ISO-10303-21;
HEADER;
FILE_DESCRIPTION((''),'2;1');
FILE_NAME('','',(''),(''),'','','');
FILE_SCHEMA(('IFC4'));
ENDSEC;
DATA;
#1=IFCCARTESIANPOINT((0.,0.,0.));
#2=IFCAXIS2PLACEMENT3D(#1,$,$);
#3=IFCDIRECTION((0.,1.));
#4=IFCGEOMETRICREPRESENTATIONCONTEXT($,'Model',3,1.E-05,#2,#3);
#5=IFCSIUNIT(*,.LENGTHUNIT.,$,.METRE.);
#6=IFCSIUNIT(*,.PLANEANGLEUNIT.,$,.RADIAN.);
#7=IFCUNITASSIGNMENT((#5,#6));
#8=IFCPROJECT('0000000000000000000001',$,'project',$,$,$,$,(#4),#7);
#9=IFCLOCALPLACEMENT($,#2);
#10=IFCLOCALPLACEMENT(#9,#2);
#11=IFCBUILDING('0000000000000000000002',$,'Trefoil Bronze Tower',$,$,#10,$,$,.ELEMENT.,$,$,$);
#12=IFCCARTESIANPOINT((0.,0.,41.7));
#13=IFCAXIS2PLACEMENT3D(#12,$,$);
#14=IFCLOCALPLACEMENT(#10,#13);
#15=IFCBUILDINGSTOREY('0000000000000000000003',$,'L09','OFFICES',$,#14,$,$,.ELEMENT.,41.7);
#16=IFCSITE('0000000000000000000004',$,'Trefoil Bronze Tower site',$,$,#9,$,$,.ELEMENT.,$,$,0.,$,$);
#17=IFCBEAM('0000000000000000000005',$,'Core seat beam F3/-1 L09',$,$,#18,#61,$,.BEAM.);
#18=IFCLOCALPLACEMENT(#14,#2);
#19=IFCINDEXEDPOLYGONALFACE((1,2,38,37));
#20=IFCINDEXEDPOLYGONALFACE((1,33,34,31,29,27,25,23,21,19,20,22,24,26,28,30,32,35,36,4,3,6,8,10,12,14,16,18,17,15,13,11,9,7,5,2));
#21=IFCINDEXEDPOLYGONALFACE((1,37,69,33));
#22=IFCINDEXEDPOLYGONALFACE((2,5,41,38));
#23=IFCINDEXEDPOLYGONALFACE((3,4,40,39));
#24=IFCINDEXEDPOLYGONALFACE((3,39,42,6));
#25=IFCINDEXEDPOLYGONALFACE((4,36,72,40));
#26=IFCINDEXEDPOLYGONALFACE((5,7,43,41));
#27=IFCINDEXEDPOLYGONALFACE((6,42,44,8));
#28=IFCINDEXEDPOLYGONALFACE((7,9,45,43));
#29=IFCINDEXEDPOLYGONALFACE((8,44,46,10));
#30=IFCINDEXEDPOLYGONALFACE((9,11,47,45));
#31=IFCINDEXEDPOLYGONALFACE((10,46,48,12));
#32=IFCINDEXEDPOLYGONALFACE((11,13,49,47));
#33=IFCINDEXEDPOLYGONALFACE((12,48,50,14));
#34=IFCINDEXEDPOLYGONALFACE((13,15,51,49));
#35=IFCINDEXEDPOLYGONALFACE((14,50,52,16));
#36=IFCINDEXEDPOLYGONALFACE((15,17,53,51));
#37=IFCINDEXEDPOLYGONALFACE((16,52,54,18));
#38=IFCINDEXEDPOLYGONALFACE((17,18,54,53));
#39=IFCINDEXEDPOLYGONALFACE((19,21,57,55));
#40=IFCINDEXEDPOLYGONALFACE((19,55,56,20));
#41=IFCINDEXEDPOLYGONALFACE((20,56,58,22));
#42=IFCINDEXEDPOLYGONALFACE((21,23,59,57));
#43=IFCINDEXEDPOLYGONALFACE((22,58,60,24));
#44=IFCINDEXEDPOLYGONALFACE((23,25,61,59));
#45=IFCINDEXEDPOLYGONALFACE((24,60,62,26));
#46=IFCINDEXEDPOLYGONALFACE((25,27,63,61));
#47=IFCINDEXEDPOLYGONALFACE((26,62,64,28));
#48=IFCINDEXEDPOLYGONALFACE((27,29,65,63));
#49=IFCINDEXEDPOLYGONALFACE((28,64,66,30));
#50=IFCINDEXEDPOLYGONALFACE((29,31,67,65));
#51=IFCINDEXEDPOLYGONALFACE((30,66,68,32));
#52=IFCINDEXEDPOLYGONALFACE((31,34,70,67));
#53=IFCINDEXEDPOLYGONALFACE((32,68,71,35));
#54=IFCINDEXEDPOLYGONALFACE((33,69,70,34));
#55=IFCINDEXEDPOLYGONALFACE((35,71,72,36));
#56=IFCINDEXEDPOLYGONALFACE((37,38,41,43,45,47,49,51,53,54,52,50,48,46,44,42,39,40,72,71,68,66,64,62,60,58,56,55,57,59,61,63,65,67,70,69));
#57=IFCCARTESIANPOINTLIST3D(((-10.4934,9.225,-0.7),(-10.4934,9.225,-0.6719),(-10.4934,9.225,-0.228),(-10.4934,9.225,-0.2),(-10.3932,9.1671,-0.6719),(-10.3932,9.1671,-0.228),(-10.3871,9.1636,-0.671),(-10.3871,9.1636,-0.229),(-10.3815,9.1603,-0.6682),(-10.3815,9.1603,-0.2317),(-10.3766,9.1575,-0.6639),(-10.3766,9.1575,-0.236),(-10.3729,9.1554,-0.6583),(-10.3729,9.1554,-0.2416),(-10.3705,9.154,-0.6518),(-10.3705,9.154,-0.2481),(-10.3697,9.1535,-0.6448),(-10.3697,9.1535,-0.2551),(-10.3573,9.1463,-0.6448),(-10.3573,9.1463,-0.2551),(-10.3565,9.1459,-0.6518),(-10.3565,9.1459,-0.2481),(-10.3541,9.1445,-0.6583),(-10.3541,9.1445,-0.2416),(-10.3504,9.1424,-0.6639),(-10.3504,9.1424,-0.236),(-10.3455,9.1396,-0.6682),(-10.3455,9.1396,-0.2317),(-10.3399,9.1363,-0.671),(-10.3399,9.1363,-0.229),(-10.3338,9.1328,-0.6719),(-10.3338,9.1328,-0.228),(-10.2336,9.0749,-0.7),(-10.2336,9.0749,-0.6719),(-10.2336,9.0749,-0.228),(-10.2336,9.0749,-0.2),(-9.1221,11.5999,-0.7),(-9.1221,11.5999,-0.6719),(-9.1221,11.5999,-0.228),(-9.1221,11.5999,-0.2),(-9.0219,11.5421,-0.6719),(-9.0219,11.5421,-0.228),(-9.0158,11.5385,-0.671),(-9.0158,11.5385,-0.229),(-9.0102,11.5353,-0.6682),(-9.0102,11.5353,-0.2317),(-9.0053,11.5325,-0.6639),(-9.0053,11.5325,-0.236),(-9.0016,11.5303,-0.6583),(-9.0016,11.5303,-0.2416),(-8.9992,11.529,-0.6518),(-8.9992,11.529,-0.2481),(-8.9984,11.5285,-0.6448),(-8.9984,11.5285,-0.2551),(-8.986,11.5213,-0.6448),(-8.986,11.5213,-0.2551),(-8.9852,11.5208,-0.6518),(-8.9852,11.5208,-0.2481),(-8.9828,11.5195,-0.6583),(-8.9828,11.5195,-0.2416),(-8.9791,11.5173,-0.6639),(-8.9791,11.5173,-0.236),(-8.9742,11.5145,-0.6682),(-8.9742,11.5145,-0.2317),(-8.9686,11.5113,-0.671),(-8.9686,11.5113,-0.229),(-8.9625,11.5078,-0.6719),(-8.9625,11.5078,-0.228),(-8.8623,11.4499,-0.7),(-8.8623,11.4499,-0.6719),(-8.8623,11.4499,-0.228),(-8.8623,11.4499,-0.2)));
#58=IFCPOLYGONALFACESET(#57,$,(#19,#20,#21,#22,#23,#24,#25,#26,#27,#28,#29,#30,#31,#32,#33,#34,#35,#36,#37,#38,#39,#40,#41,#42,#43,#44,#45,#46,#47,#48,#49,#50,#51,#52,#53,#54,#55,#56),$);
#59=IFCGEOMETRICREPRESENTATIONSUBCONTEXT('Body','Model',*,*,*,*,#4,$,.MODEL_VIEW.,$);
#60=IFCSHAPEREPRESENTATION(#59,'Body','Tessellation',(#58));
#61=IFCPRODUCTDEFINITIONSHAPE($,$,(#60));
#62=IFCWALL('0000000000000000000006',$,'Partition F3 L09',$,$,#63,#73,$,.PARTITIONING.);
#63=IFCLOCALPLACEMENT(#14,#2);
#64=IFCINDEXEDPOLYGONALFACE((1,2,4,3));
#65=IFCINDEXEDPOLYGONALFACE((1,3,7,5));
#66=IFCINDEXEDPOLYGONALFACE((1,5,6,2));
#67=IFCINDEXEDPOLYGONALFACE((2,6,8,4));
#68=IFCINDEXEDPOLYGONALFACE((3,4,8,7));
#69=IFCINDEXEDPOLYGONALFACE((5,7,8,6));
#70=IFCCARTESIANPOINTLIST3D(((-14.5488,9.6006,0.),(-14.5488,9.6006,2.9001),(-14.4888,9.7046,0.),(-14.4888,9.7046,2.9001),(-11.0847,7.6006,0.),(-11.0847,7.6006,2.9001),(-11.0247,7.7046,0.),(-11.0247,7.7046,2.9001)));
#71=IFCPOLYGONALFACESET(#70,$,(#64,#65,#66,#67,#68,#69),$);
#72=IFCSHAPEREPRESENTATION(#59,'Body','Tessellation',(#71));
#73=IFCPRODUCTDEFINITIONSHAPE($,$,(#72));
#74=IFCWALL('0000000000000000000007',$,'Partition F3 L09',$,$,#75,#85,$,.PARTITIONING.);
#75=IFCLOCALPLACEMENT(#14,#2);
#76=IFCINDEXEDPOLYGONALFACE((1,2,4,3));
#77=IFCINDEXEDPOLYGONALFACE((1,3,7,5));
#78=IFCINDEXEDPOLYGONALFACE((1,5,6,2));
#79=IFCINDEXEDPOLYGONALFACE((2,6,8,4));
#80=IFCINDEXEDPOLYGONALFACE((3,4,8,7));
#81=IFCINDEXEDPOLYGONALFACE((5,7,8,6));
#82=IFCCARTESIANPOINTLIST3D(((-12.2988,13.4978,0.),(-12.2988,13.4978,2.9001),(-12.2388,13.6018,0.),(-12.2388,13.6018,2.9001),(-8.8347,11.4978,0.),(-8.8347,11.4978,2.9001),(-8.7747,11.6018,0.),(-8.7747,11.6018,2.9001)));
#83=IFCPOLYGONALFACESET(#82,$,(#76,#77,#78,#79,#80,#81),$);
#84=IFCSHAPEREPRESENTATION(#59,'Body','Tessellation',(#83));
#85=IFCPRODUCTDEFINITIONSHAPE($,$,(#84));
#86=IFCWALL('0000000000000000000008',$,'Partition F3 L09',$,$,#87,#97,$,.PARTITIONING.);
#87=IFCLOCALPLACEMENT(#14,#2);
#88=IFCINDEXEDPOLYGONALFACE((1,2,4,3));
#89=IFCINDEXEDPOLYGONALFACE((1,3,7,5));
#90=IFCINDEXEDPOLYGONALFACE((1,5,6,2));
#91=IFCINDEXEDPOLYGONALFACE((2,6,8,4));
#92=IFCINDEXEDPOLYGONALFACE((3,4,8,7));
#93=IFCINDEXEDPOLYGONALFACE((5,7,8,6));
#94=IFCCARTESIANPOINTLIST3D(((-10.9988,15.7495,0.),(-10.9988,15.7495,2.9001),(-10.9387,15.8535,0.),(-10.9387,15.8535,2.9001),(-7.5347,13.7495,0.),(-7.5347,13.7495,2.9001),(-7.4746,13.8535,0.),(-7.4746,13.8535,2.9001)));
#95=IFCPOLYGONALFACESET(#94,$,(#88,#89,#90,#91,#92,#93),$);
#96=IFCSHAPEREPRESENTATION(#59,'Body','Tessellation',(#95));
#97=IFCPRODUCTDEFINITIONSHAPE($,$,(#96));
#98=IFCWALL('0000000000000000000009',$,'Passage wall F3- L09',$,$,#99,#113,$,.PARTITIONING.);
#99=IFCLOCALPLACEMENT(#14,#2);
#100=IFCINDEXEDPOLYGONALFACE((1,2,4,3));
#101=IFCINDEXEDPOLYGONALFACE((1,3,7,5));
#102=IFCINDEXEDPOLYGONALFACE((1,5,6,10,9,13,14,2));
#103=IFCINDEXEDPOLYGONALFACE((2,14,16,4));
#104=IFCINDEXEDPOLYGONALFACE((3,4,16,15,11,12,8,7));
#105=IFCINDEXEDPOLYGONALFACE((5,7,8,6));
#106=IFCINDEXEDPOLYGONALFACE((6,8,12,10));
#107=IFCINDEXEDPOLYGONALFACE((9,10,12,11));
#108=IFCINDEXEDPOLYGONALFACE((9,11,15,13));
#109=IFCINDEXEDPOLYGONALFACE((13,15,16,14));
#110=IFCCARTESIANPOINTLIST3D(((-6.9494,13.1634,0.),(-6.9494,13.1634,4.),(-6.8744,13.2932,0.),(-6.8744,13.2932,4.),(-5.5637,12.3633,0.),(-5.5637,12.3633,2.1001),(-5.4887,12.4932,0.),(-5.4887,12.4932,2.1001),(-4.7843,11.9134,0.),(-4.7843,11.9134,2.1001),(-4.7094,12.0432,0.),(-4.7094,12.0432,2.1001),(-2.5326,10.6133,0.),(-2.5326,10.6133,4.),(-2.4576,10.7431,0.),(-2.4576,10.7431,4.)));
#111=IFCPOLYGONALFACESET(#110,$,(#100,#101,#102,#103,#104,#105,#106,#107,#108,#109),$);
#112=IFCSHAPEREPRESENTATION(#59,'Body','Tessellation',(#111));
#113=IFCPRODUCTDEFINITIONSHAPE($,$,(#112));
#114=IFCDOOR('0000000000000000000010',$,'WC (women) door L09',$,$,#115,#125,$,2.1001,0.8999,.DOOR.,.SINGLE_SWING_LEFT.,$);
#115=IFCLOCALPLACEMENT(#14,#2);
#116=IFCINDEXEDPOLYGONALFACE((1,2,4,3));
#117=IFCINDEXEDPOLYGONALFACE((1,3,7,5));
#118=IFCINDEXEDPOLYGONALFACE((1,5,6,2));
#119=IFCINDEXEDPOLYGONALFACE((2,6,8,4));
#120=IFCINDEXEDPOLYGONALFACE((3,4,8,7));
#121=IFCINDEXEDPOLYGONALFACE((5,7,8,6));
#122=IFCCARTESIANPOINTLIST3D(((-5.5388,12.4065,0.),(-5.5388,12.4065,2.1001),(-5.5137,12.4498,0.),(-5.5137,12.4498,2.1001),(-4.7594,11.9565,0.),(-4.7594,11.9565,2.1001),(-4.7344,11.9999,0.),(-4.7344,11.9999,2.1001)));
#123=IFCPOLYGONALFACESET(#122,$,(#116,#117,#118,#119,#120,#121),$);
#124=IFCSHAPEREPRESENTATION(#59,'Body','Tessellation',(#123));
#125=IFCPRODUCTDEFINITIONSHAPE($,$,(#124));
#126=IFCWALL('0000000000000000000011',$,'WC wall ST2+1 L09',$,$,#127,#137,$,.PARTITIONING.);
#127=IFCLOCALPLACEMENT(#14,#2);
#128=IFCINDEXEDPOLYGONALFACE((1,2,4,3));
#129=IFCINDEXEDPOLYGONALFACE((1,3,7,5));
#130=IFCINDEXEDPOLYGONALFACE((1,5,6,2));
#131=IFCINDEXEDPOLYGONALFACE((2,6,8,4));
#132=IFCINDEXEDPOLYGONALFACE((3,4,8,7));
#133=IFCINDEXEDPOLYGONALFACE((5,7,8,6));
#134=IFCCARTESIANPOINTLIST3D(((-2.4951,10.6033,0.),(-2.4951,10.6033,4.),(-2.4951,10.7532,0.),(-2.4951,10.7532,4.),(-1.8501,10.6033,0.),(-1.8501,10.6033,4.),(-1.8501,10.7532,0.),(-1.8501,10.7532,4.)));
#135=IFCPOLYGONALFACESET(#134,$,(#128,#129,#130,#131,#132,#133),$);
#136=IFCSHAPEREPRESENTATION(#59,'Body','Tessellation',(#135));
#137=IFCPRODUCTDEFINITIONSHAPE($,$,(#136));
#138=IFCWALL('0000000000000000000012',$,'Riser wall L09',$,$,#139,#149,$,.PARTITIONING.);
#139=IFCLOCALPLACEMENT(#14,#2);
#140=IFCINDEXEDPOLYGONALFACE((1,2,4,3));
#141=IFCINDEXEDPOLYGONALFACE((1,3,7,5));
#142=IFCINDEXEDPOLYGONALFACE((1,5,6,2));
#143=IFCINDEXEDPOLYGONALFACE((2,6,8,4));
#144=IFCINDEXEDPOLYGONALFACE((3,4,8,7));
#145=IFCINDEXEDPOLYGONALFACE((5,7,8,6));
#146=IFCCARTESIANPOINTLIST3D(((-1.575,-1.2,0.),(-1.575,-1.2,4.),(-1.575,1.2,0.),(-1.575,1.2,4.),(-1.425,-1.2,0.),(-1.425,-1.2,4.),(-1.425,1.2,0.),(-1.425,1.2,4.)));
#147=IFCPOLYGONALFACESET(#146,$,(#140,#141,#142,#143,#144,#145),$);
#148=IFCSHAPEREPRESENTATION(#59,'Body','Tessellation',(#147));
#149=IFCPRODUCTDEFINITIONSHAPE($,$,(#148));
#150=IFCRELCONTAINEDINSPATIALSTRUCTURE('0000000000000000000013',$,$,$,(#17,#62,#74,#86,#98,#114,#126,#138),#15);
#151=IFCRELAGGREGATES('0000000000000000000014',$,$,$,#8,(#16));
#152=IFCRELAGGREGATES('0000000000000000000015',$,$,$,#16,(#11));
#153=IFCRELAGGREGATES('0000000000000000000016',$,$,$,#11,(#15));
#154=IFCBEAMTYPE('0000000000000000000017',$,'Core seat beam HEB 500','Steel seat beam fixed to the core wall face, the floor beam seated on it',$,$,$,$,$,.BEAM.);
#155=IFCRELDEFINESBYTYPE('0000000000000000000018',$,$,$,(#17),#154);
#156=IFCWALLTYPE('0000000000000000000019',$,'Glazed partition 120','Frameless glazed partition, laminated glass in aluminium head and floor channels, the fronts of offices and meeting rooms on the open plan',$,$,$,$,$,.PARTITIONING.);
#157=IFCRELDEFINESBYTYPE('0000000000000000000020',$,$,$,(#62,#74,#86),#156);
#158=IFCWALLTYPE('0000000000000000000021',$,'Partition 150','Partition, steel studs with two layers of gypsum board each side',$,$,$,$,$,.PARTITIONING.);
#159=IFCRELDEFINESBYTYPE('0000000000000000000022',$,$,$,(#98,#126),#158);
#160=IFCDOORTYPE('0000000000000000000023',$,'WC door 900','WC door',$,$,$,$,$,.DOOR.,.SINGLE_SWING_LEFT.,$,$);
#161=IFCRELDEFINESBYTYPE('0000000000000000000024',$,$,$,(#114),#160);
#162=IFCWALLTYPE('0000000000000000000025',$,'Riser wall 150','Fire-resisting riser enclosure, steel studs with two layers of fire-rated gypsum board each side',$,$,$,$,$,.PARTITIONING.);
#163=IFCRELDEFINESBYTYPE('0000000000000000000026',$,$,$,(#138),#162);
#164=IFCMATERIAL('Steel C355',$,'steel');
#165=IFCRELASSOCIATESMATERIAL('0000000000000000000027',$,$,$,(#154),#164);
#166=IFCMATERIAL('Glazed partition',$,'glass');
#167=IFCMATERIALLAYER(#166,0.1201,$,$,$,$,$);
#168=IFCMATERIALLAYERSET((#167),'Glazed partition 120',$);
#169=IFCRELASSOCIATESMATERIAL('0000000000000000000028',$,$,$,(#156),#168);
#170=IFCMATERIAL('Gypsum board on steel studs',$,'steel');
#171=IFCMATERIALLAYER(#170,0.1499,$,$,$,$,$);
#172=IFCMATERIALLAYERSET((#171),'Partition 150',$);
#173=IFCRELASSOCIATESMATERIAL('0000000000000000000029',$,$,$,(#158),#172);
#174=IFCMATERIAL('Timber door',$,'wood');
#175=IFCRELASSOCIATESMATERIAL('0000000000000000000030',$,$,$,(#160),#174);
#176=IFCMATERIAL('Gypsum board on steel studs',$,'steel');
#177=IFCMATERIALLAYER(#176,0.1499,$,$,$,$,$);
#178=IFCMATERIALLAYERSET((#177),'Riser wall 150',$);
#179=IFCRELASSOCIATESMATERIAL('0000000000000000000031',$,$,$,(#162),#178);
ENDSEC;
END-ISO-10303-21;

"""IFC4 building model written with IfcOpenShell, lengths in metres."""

from ifc_helpers import new_model, si_unit, direction, frame, frame_2d, origin, origin_2d, place, context, subcontext, project, spatial, rectangle, i_section, extrude, material, layer, layer_set, material_profile, profile_set, type_object, element, fill, save


model = new_model("IFC4")

# Units and contexts
model_context = context("Model", 3, precision=1e-05, world=origin(), true_north=direction((0.0, 1.0)))
body_context = subcontext(model_context, "Body", "Model", "MODEL_VIEW")
ifc_project = project(units=[si_unit("LENGTHUNIT", "METRE"), si_unit("PLANEANGLEUNIT", "RADIAN")], contexts=[model_context])

# Site, building, storey
site_placement = place(None, origin())
site = spatial("IfcSite", under=ifc_project, at=site_placement, Name="Trefoil Bronze Tower site", CompositionType="ELEMENT", RefElevation=0.0)
building_placement = place(site_placement, origin())
building = spatial("IfcBuilding", under=site, at=building_placement, Name="Trefoil Bronze Tower", CompositionType="ELEMENT")
storey_placement = place(building_placement, frame((0.0, 0.0, 41.7)))
storey = spatial("IfcBuildingStorey", under=building, at=storey_placement, Name="L09", Description="OFFICES", CompositionType="ELEMENT", Elevation=41.7)

# Beam
ifc_material_1 = material(Name="Steel C355", Category="steel")
ifc_material_profile = material_profile(ifc_material_1, i_section(OverallWidth=0.3, OverallDepth=0.5, WebThickness=0.0144, FlangeThickness=0.0281, FilletRadius=0.0271, at=origin_2d()), Name="HEB 500")
ifc_profile_set = profile_set([ifc_material_profile], Name="Steel C355")
beam_type = type_object("IfcBeamType", Name="Core seat beam HEB 500", Description="Steel seat beam fixed to the core wall face, the floor beam seated on it", PredefinedType="BEAM", material=ifc_profile_set)
beam_placement = place(storey_placement, frame((-8.9922, 11.5249, -0.45), z_axis=(-0.500036, -0.866005, 0.0), x_axis=(0.866005, -0.500036, 0.0)))
element("IfcBeam", 1, at=beam_placement, inside=storey, type_object=beam_type, Name="Core seat beam F3/-1 L09", PredefinedType="BEAM", context=body_context, shape_type="SweptSolid", body=[
    extrude(i_section(OverallWidth=0.3, OverallDepth=0.5, WebThickness=0.0144, FlangeThickness=0.0281, FilletRadius=0.0271, at=origin_2d()), origin(), (0.0, 0.0, 1.0), 2.7424),
])

# Walls
ifc_material_2 = material(Name="Glazed partition", Category="glass")
ifc_layer_1 = layer(ifc_material_2, 0.1201)
ifc_layer_set_1 = layer_set([ifc_layer_1], Name="Glazed partition 120")
wall_type_1 = type_object("IfcWallType", Name="Glazed partition 120", Description="Frameless glazed partition, laminated glass in aluminium head and floor channels, the fronts of offices and meeting rooms on the open plan", PredefinedType="PARTITIONING", material=ifc_layer_set_1)
for number, where, z_axis, x_axis, name in (
    (2, (-11.0547, 7.6526, 0.0), (0.0, 0.0, 1.0), (-0.866026, 0.499999, 0.0), "Partition F3 L09"),
    (3, (-8.8047, 11.5498, 0.0), (0.0, 0.0, 1.0), (-0.866026, 0.499999, 0.0), "Partition F3 L09"),
    (4, (-7.5046, 13.8015, 0.0), (0.0, 0.0, 1.0), (-0.866026, 0.499999, 0.0), "Partition F3 L09"),
):
    element("IfcWall", number, at=place(storey_placement, frame(where, z_axis=z_axis, x_axis=x_axis)), inside=storey, type_object=wall_type_1, Name=name, PredefinedType="PARTITIONING", context=body_context, shape_type="SweptSolid", body=[
        extrude(rectangle(XDim=4.0, YDim=0.1201, at=frame_2d((2.0, 0.0))), origin(), (0.0, 0.0, 1.0), 2.9001),
    ])

# Wall, opening, door
ifc_material_3 = material(Name="Gypsum board on steel studs", Category="steel")
ifc_layer_2 = layer(ifc_material_3, 0.1499)
ifc_layer_set_2 = layer_set([ifc_layer_2], Name="Partition 150")
wall_type_2 = type_object("IfcWallType", Name="Partition 150", Description="Partition, steel studs with two layers of gypsum board each side", PredefinedType="PARTITIONING", material=ifc_layer_set_2)
wall_1_placement = place(storey_placement, frame((-2.4951, 10.6782, 0.0), z_axis=(0.0, 0.0, 1.0), x_axis=(-0.866022, 0.500006, 0.0)))
wall_1 = element("IfcWall", 5, at=wall_1_placement, inside=storey, type_object=wall_type_2, Name="Passage wall F3- L09", PredefinedType="PARTITIONING", context=body_context, shape_type="SweptSolid", body=[
    extrude(rectangle(XDim=5.1001, YDim=0.1499, at=frame_2d((2.55, 0.0))), origin(), (0.0, 0.0, 1.0), 4.0),
])
opening_1_placement = place(wall_1_placement, frame((2.6001, 0.0, 0.0)))
opening_1 = element("IfcOpeningElement", 6, at=opening_1_placement, cuts=wall_1, PredefinedType="OPENING", context=body_context, shape_type="SweptSolid", body=[
    extrude(rectangle(XDim=0.8999, YDim=2.1001, at=frame_2d((0.45, 1.05))), frame((0.0, 0.085, 0.0), z_axis=(0.0, -1.0, 0.0), x_axis=(1.0, 0.0, 0.0)), (0.0, 0.0, 1.0), 0.1699),
])
ifc_material_4 = material(Name="Timber door", Category="wood")
door_type_1 = type_object("IfcDoorType", Name="WC door 900", Description="WC door", OperationType="SINGLE_SWING_LEFT", PredefinedType="DOOR", material=ifc_material_4)
door_1_placement = place(opening_1_placement, frame((0.8999, 0.0, 0.0), z_axis=(0.0, 0.0, 1.0), x_axis=(-1.0, 0.0, 0.0)))
door_1 = element("IfcDoor", 7, at=door_1_placement, inside=storey, type_object=door_type_1, Name="WC (women) door L09", OperationType="SINGLE_SWING_LEFT", OverallHeight=2.1001, OverallWidth=0.8999, PredefinedType="DOOR", context=body_context, shape_type="SweptSolid", body=[
    extrude(rectangle(XDim=0.8999, YDim=2.1001, at=frame_2d((0.45, 1.05))), frame((0.0, 0.0249, 0.0), z_axis=(0.0, -1.0, 0.0), x_axis=(1.0, 0.0, 0.0)), (0.0, 0.0, 1.0), 0.05),
])
fill(opening_1, door_1)

# Walls
wall_2_placement = place(storey_placement, frame((-2.4951, 10.6782, 0.0), z_axis=(0.0, 0.0, 1.0), x_axis=(1.0, 0.0, 0.0)))
element("IfcWall", 8, at=wall_2_placement, inside=storey, type_object=wall_type_2, Name="WC wall ST2+1 L09", PredefinedType="PARTITIONING", context=body_context, shape_type="SweptSolid", body=[
    extrude(rectangle(XDim=0.645, YDim=0.1499, at=frame_2d((0.3225, 0.0))), origin(), (0.0, 0.0, 1.0), 4.0),
])
ifc_material_5 = material(Name="Gypsum board on steel studs", Category="steel")
ifc_layer_3 = layer(ifc_material_5, 0.1499)
ifc_layer_set_3 = layer_set([ifc_layer_3], Name="Riser wall 150")
wall_type_3 = type_object("IfcWallType", Name="Riser wall 150", Description="Fire-resisting riser enclosure, steel studs with two layers of fire-rated gypsum board each side", PredefinedType="PARTITIONING", material=ifc_layer_set_3)
wall_3_placement = place(storey_placement, frame((-1.5, 1.2, 0.0), z_axis=(0.0, 0.0, 1.0), x_axis=(0.0, -1.0, 0.0)))
element("IfcWall", 9, at=wall_3_placement, inside=storey, type_object=wall_type_3, Name="Riser wall L09", PredefinedType="PARTITIONING", context=body_context, shape_type="SweptSolid", body=[
    extrude(rectangle(XDim=2.3999, YDim=0.1499, at=frame_2d((1.2, 0.0))), origin(), (0.0, 0.0, 1.0), 4.0),
])

save(model, "model.ifc")
